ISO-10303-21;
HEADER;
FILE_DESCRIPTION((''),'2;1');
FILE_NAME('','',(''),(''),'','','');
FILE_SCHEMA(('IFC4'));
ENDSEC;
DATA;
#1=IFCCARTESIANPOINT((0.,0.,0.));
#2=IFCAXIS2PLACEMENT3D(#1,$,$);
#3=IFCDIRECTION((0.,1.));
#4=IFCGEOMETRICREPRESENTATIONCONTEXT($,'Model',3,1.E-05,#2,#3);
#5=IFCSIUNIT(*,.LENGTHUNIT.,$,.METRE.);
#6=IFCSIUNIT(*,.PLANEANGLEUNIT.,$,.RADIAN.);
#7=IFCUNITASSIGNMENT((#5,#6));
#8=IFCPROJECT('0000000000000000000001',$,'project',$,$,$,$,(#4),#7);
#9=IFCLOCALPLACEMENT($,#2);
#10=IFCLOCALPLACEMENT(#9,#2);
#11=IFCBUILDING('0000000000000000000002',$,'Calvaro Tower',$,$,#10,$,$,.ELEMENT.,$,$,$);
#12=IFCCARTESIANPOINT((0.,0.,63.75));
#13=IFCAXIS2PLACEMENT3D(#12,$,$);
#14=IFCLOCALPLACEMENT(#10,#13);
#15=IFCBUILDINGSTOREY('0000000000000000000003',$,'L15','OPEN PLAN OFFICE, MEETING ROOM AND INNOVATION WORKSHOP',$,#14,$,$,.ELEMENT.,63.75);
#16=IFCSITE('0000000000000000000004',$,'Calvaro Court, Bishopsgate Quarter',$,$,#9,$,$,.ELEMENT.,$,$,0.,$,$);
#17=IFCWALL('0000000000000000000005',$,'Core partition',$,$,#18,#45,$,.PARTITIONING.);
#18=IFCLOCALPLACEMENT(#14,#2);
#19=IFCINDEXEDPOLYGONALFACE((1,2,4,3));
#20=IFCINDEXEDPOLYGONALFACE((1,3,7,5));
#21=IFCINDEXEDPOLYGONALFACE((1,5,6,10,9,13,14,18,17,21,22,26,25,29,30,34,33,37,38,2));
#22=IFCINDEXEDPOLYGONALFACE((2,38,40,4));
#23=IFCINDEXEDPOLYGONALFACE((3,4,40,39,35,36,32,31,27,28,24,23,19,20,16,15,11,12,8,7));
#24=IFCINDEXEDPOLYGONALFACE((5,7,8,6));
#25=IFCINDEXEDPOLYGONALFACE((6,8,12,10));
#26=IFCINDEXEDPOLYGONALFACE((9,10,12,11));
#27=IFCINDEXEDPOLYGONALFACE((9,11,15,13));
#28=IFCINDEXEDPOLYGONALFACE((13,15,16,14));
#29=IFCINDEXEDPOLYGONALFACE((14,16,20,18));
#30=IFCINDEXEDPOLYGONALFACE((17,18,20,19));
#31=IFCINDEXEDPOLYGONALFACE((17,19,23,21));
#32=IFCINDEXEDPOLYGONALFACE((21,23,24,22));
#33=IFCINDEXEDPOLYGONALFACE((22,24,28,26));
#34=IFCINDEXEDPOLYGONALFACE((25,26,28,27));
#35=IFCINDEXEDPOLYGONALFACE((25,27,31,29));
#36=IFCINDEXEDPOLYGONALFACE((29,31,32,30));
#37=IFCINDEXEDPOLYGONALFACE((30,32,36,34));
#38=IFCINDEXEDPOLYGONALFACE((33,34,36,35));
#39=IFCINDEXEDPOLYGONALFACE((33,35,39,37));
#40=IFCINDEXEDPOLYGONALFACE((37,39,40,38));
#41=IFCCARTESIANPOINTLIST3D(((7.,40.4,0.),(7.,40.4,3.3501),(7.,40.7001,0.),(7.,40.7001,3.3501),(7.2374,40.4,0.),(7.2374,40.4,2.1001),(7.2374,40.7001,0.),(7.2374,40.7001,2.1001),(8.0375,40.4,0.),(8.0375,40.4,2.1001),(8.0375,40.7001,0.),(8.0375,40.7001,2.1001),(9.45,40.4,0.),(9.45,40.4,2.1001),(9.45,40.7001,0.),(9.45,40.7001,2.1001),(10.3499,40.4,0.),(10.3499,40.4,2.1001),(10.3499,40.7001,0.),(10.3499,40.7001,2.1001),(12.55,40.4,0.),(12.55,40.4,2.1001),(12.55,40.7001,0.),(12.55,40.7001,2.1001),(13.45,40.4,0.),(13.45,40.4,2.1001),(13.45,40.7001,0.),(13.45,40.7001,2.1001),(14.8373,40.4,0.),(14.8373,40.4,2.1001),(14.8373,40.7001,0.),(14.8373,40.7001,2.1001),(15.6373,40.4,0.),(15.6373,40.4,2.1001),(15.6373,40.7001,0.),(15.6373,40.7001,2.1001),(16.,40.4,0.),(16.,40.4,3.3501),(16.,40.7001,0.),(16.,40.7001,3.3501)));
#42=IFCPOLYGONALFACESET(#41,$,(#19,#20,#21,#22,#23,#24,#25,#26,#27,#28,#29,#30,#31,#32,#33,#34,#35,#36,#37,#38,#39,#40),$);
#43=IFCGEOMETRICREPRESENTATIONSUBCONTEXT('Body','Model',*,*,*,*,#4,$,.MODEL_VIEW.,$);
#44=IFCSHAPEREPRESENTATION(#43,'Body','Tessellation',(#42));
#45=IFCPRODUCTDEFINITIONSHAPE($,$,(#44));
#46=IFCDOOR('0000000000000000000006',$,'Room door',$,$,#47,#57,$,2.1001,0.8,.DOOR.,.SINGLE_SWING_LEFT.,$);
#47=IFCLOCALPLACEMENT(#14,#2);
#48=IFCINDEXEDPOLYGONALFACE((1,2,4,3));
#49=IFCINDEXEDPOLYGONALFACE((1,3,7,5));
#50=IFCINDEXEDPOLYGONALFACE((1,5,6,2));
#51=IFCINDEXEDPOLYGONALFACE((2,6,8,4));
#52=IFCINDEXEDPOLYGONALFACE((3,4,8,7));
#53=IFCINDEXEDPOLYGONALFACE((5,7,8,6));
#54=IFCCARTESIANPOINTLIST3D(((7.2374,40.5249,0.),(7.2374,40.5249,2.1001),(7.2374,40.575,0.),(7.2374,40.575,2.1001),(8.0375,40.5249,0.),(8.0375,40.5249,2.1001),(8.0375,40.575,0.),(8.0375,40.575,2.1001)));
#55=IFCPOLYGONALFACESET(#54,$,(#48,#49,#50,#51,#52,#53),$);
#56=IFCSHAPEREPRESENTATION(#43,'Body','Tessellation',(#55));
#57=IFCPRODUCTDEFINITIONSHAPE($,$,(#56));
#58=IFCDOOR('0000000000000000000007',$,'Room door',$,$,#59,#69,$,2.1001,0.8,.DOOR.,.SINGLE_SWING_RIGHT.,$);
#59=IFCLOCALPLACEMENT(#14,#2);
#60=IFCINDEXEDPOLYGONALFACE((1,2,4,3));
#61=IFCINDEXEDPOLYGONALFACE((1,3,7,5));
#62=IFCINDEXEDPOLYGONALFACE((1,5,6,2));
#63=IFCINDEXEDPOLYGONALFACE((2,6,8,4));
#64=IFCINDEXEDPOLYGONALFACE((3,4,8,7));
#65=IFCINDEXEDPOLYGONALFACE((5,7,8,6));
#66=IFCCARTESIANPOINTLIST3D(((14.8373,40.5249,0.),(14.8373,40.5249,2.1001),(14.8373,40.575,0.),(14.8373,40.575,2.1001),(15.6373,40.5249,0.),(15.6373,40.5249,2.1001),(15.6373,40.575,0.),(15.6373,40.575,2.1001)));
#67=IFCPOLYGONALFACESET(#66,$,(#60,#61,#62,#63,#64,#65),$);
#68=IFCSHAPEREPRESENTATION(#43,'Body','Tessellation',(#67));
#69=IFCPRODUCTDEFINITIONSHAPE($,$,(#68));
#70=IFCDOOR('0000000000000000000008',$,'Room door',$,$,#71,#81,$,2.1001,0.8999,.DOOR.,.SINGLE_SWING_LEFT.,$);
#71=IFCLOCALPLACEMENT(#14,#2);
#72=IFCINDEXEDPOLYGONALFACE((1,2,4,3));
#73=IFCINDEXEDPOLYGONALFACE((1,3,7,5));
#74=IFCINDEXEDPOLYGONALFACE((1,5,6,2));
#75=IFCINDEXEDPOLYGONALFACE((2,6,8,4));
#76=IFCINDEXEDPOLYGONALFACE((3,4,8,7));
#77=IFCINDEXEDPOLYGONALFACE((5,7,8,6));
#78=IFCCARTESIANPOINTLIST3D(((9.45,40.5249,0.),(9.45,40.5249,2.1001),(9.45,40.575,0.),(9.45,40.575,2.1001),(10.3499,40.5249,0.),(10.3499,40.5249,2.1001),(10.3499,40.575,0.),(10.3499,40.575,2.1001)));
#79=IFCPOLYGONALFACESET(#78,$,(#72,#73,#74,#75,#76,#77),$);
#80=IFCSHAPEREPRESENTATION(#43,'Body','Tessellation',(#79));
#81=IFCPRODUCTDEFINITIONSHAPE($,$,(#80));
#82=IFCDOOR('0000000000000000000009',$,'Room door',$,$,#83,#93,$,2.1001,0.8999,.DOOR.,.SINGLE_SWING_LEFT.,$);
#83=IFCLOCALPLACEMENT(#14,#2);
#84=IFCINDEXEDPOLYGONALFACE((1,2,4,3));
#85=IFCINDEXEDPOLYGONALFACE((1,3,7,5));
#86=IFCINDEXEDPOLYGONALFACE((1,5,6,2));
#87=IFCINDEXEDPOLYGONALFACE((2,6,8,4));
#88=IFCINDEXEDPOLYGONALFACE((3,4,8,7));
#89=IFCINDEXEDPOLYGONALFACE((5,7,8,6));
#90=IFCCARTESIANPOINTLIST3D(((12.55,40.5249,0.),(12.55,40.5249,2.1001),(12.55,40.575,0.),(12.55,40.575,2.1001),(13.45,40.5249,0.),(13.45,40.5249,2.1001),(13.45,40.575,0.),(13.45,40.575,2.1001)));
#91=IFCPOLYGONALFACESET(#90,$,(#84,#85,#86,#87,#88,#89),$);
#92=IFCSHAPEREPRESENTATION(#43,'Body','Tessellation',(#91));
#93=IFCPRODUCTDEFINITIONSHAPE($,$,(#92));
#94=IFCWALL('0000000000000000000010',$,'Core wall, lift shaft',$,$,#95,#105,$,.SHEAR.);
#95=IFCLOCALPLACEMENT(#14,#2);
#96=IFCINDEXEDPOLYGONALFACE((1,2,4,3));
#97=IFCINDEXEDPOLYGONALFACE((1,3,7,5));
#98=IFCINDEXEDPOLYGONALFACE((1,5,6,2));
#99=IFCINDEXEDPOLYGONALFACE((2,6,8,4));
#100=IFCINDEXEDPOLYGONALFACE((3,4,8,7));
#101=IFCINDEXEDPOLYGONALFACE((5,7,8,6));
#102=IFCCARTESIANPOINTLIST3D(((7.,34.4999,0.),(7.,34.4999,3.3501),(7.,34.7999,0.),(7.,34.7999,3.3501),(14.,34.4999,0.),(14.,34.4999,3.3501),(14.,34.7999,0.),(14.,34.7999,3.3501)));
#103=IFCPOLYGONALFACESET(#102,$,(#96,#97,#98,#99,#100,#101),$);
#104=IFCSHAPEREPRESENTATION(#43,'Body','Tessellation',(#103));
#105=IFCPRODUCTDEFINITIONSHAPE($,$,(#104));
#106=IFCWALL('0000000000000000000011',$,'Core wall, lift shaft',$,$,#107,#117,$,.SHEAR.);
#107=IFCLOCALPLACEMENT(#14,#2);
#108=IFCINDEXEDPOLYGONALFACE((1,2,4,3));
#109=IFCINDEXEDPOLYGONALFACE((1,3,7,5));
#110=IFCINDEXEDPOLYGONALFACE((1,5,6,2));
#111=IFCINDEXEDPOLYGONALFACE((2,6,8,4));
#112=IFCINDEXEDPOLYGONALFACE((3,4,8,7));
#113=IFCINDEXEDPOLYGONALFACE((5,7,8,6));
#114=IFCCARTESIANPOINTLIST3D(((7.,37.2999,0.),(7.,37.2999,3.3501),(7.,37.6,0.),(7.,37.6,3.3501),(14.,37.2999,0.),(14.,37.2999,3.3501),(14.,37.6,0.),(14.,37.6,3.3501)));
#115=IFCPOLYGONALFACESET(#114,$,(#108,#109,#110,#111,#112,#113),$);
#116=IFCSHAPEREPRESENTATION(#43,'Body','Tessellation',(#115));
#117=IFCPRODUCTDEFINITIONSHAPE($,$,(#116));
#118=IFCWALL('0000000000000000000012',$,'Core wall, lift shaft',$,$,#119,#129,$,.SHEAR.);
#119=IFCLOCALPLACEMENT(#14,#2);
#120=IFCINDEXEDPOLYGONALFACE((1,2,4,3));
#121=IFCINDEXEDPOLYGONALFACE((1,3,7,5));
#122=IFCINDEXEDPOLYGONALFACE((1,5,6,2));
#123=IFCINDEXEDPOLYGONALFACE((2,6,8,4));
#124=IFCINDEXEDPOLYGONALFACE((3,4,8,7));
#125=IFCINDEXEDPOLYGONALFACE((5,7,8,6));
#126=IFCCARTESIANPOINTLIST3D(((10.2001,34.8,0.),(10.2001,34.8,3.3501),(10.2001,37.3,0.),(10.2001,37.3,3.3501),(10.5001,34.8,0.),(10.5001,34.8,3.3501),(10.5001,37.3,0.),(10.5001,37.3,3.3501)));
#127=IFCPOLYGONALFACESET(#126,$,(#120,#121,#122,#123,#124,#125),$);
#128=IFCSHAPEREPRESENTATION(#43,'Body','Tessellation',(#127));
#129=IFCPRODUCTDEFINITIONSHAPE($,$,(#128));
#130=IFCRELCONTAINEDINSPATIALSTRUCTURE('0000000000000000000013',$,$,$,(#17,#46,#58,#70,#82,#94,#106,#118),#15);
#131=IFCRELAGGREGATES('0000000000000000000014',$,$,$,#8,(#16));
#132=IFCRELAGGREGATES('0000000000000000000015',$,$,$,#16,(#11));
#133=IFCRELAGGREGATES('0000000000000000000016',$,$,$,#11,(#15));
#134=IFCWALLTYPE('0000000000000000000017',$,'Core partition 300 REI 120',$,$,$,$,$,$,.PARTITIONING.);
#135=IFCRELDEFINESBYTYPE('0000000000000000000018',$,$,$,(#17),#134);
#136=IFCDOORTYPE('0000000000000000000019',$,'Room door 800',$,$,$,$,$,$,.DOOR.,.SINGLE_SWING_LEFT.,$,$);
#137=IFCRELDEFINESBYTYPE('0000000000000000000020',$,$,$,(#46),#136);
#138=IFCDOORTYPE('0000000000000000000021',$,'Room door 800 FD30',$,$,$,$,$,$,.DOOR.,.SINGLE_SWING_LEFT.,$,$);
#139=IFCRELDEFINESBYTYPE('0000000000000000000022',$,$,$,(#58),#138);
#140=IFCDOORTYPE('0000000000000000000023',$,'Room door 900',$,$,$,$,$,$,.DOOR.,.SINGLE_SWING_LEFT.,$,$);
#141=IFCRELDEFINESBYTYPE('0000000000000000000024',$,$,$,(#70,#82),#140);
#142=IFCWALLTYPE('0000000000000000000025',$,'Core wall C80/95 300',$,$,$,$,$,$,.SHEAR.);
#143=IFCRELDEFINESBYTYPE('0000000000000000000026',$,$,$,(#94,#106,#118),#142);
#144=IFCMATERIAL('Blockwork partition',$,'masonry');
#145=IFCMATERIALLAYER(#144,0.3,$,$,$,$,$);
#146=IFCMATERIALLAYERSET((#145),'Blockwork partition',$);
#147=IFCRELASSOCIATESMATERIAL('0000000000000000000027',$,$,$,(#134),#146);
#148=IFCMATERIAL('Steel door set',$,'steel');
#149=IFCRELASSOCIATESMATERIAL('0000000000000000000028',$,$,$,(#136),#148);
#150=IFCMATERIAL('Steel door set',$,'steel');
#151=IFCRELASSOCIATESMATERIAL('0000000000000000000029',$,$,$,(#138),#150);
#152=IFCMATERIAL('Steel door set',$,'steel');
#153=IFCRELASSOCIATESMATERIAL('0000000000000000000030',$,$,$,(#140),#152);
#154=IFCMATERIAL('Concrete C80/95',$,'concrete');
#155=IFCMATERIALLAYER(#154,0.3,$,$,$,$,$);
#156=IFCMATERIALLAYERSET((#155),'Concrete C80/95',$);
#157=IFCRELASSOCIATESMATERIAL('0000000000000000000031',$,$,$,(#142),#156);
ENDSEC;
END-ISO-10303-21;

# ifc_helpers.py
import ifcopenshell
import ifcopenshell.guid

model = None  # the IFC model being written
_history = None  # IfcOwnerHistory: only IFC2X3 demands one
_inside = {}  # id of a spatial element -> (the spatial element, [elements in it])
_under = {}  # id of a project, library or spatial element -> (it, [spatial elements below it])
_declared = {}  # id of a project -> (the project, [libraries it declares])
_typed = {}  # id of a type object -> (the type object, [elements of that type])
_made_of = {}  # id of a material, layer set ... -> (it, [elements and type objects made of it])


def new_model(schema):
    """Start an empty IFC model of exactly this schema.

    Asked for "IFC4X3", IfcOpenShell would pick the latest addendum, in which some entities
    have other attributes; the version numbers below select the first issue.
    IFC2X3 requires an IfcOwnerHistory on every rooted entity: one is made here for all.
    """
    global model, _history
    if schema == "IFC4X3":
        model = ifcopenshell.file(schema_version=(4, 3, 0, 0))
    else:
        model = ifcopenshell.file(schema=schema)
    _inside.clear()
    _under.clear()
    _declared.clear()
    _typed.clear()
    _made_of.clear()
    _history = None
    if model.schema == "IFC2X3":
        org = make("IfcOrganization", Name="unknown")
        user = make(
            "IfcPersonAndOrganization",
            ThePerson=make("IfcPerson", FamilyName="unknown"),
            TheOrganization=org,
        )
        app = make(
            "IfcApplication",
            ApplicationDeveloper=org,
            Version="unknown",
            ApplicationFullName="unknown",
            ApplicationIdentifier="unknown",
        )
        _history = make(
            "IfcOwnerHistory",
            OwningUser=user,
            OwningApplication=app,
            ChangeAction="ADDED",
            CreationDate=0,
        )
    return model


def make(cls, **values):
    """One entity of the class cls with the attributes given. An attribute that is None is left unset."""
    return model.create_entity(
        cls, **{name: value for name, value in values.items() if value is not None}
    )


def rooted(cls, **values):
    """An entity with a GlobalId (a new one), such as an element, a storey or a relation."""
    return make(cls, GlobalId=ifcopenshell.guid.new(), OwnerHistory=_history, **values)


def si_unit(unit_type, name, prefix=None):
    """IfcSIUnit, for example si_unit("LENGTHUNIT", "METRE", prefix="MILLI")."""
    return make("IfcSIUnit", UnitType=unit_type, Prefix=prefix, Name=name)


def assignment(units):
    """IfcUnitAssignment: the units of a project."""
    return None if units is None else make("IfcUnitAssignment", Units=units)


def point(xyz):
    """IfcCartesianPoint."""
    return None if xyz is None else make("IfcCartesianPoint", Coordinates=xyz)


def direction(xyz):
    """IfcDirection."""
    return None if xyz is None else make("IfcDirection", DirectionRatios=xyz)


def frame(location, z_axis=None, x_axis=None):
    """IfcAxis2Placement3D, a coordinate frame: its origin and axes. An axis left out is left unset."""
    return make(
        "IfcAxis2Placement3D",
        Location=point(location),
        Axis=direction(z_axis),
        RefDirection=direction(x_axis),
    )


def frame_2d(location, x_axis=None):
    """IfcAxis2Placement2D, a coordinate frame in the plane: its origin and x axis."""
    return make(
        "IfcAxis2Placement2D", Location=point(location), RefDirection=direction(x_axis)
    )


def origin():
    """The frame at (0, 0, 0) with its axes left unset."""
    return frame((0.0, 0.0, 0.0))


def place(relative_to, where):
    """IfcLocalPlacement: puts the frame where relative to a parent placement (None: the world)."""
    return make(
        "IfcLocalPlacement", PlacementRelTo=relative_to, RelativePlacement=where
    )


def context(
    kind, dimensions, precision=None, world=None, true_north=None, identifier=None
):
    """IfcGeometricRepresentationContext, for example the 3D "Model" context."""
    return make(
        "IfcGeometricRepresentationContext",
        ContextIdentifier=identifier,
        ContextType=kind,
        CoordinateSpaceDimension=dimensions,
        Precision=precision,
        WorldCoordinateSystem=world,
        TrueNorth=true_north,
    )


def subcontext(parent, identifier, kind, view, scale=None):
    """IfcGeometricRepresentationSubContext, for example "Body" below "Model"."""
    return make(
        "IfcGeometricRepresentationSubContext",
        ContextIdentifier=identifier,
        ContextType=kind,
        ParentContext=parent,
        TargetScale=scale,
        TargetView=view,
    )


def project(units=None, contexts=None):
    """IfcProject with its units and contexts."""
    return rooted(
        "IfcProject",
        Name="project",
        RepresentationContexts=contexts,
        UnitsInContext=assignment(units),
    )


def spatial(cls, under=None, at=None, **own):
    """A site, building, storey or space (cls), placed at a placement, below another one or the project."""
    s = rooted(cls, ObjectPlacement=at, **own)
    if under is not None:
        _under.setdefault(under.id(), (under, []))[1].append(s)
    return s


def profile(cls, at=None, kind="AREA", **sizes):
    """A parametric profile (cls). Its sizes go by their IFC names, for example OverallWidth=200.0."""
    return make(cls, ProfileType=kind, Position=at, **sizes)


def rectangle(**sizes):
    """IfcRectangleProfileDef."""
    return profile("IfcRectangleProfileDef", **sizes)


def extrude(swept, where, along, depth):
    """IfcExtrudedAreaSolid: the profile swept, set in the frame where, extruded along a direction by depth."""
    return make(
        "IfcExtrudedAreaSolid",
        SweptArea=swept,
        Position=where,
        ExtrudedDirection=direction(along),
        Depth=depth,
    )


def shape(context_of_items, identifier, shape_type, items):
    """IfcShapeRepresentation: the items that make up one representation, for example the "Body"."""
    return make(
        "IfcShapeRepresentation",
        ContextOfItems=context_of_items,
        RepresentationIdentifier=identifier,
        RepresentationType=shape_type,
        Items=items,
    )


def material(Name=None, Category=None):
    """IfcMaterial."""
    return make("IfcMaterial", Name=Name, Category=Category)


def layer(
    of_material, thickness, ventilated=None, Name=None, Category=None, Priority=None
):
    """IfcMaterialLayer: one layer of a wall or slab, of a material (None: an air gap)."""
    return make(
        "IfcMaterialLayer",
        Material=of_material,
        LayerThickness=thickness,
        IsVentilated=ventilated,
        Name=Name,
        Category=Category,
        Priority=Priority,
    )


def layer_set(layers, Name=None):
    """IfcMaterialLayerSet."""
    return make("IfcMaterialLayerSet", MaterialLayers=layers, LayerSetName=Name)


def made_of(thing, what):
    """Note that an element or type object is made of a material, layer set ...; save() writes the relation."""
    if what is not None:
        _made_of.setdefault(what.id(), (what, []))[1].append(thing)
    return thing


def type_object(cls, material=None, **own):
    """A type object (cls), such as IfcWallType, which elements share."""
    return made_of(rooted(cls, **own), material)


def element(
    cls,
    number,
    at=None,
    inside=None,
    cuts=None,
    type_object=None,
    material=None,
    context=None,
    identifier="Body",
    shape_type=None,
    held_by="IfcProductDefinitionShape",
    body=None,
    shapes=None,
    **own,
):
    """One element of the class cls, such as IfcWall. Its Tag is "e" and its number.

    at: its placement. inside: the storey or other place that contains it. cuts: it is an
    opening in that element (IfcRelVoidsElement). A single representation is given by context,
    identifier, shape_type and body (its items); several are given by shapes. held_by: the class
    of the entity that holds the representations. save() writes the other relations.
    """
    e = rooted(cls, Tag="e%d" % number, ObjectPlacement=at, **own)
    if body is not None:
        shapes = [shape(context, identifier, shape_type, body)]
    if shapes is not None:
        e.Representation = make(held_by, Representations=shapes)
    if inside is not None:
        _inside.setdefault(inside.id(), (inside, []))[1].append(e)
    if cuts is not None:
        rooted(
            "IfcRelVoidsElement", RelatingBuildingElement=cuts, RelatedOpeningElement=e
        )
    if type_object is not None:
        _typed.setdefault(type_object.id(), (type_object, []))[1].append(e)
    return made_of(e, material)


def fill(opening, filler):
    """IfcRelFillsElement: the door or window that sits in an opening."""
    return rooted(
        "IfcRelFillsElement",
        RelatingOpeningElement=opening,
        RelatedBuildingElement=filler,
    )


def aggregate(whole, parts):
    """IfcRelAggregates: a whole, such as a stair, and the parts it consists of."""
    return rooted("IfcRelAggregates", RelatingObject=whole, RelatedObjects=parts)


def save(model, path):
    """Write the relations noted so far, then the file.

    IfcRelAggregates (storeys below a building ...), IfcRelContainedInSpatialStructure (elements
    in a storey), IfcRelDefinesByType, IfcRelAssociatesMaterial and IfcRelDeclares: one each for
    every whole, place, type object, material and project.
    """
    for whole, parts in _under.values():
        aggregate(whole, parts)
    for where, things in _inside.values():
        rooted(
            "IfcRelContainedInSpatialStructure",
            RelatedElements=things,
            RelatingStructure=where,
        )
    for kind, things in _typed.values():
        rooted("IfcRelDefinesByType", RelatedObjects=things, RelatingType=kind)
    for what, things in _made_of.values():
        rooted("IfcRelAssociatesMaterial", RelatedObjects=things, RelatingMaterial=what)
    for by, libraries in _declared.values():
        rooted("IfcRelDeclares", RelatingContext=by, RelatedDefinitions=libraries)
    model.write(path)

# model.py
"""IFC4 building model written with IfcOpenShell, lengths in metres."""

from ifc_helpers import new_model, si_unit, direction, frame, frame_2d, origin, place, context, subcontext, project, spatial, rectangle, extrude, material, layer, layer_set, type_object, element, fill, save


model = new_model("IFC4")

# Units and contexts
model_context = context("Model", 3, precision=1e-05, world=origin(), true_north=direction((0.0, 1.0)))
body_context = subcontext(model_context, "Body", "Model", "MODEL_VIEW")
ifc_project = project(units=[si_unit("LENGTHUNIT", "METRE"), si_unit("PLANEANGLEUNIT", "RADIAN")], contexts=[model_context])

# Site, building, storey
site_placement = place(None, origin())
site = spatial("IfcSite", under=ifc_project, at=site_placement, Name="Calvaro Court, Bishopsgate Quarter", CompositionType="ELEMENT", RefElevation=0.0)
building_placement = place(site_placement, origin())
building = spatial("IfcBuilding", under=site, at=building_placement, Name="Calvaro Tower", CompositionType="ELEMENT")
storey_placement = place(building_placement, frame((0.0, 0.0, 63.75)))
storey = spatial("IfcBuildingStorey", under=building, at=storey_placement, Name="L15", Description="OPEN PLAN OFFICE, MEETING ROOM AND INNOVATION WORKSHOP", CompositionType="ELEMENT", Elevation=63.75)

# Wall, openings, doors
ifc_material_1 = material(Name="Blockwork partition", Category="masonry")
ifc_layer_1 = layer(ifc_material_1, 0.3)
ifc_layer_set_1 = layer_set([ifc_layer_1], Name="Blockwork partition")
wall_type_1 = type_object("IfcWallType", Name="Core partition 300 REI 120", PredefinedType="PARTITIONING", material=ifc_layer_set_1)
wall_1_placement = place(storey_placement, frame((7.0, 40.55, 0.0), z_axis=(0.0, 0.0, 1.0), x_axis=(1.0, 0.0, 0.0)))
wall_1 = element("IfcWall", 1, at=wall_1_placement, inside=storey, type_object=wall_type_1, Name="Core partition", PredefinedType="PARTITIONING", context=body_context, shape_type="SweptSolid", body=[
    extrude(rectangle(XDim=9.0, YDim=0.3, at=frame_2d((4.5, 0.0))), origin(), (0.0, 0.0, 1.0), 3.3501),
])
opening_1_placement = place(wall_1_placement, frame((0.2375, 0.0, 0.0)))
opening_1 = element("IfcOpeningElement", 2, at=opening_1_placement, cuts=wall_1, PredefinedType="OPENING", context=body_context, shape_type="SweptSolid", body=[
    extrude(rectangle(XDim=0.8, YDim=2.1001, at=frame_2d((0.3999, 1.05))), frame((0.0, 0.1599, 0.0), z_axis=(0.0, -1.0, 0.0), x_axis=(1.0, 0.0, 0.0)), (0.0, 0.0, 1.0), 0.3201),
])
opening_2_placement = place(wall_1_placement, frame((2.45, 0.0, 0.0)))
opening_2 = element("IfcOpeningElement", 3, at=opening_2_placement, cuts=wall_1, PredefinedType="OPENING", context=body_context, shape_type="SweptSolid", body=[
    extrude(rectangle(XDim=0.8999, YDim=2.1001, at=frame_2d((0.45, 1.05))), frame((0.0, 0.1599, 0.0), z_axis=(0.0, -1.0, 0.0), x_axis=(1.0, 0.0, 0.0)), (0.0, 0.0, 1.0), 0.3201),
])
opening_3_placement = place(wall_1_placement, frame((5.55, 0.0, 0.0)))
opening_3 = element("IfcOpeningElement", 4, at=opening_3_placement, cuts=wall_1, PredefinedType="OPENING", context=body_context, shape_type="SweptSolid", body=[
    extrude(rectangle(XDim=0.8999, YDim=2.1001, at=frame_2d((0.45, 1.05))), frame((0.0, 0.1599, 0.0), z_axis=(0.0, -1.0, 0.0), x_axis=(1.0, 0.0, 0.0)), (0.0, 0.0, 1.0), 0.3201),
])
opening_4_placement = place(wall_1_placement, frame((7.8374, 0.0, 0.0)))
opening_4 = element("IfcOpeningElement", 5, at=opening_4_placement, cuts=wall_1, PredefinedType="OPENING", context=body_context, shape_type="SweptSolid", body=[
    extrude(rectangle(XDim=0.8, YDim=2.1001, at=frame_2d((0.3999, 1.05))), frame((0.0, 0.1599, 0.0), z_axis=(0.0, -1.0, 0.0), x_axis=(1.0, 0.0, 0.0)), (0.0, 0.0, 1.0), 0.3201),
])
ifc_material_2 = material(Name="Steel door set", Category="steel")
door_type_1 = type_object("IfcDoorType", Name="Room door 800", OperationType="SINGLE_SWING_LEFT", PredefinedType="DOOR", material=ifc_material_2)
door_1_placement = place(opening_1_placement, origin())
door_1 = element("IfcDoor", 6, at=door_1_placement, inside=storey, type_object=door_type_1, Name="Room door", OperationType="SINGLE_SWING_LEFT", OverallHeight=2.1001, OverallWidth=0.8, PredefinedType="DOOR", context=body_context, shape_type="SweptSolid", body=[
    extrude(rectangle(XDim=0.8, YDim=2.1001, at=frame_2d((0.3999, 1.05))), frame((0.0, 0.0249, 0.0), z_axis=(0.0, -1.0, 0.0), x_axis=(1.0, 0.0, 0.0)), (0.0, 0.0, 1.0), 0.05),
])
fill(opening_1, door_1)
ifc_material_3 = material(Name="Steel door set", Category="steel")
door_type_2 = type_object("IfcDoorType", Name="Room door 800 FD30", OperationType="SINGLE_SWING_LEFT", PredefinedType="DOOR", material=ifc_material_3)
door_2_placement = place(opening_4_placement, origin())
door_2 = element("IfcDoor", 7, at=door_2_placement, inside=storey, type_object=door_type_2, Name="Room door", OperationType="SINGLE_SWING_RIGHT", OverallHeight=2.1001, OverallWidth=0.8, PredefinedType="DOOR", context=body_context, shape_type="SweptSolid", body=[
    extrude(rectangle(XDim=0.8, YDim=2.1001, at=frame_2d((0.3999, 1.05))), frame((0.0, 0.0249, 0.0), z_axis=(0.0, -1.0, 0.0), x_axis=(1.0, 0.0, 0.0)), (0.0, 0.0, 1.0), 0.05),
])
fill(opening_4, door_2)
ifc_material_4 = material(Name="Steel door set", Category="steel")
door_type_3 = type_object("IfcDoorType", Name="Room door 900", OperationType="SINGLE_SWING_LEFT", PredefinedType="DOOR", material=ifc_material_4)
door_3_placement = place(opening_2_placement, origin())
door_3 = element("IfcDoor", 8, at=door_3_placement, inside=storey, type_object=door_type_3, Name="Room door", OperationType="SINGLE_SWING_LEFT", OverallHeight=2.1001, OverallWidth=0.8999, PredefinedType="DOOR", context=body_context, shape_type="SweptSolid", body=[
    extrude(rectangle(XDim=0.8999, YDim=2.1001, at=frame_2d((0.45, 1.05))), frame((0.0, 0.0249, 0.0), z_axis=(0.0, -1.0, 0.0), x_axis=(1.0, 0.0, 0.0)), (0.0, 0.0, 1.0), 0.05),
])
fill(opening_2, door_3)
door_4_placement = place(opening_3_placement, origin())
door_4 = element("IfcDoor", 9, at=door_4_placement, inside=storey, type_object=door_type_3, Name="Room door", OperationType="SINGLE_SWING_LEFT", OverallHeight=2.1001, OverallWidth=0.8999, PredefinedType="DOOR", context=body_context, shape_type="SweptSolid", body=[
    extrude(rectangle(XDim=0.8999, YDim=2.1001, at=frame_2d((0.45, 1.05))), frame((0.0, 0.0249, 0.0), z_axis=(0.0, -1.0, 0.0), x_axis=(1.0, 0.0, 0.0)), (0.0, 0.0, 1.0), 0.05),
])
fill(opening_3, door_4)

# Walls
ifc_material_5 = material(Name="Concrete C80/95", Category="concrete")
ifc_layer_2 = layer(ifc_material_5, 0.3)
ifc_layer_set_2 = layer_set([ifc_layer_2], Name="Concrete C80/95")
wall_type_2 = type_object("IfcWallType", Name="Core wall C80/95 300", PredefinedType="SHEAR", material=ifc_layer_set_2)
for number, where, z_axis, x_axis, name in (
    (10, (7.0, 34.6499, 0.0), (0.0, 0.0, 1.0), (1.0, 0.0, 0.0), "Core wall, lift shaft"),
    (11, (7.0, 37.45, 0.0), (0.0, 0.0, 1.0), (1.0, 0.0, 0.0), "Core wall, lift shaft"),
):
    element("IfcWall", number, at=place(storey_placement, frame(where, z_axis=z_axis, x_axis=x_axis)), inside=storey, type_object=wall_type_2, Name=name, PredefinedType="SHEAR", context=body_context, shape_type="SweptSolid", body=[
        extrude(rectangle(XDim=7.0, YDim=0.3, at=frame_2d((3.5, 0.0))), origin(), (0.0, 0.0, 1.0), 3.3501),
    ])
wall_2_placement = place(storey_placement, frame((10.3501, 34.8, 0.0), z_axis=(0.0, 0.0, 1.0), x_axis=(0.0, 1.0, 0.0)))
element("IfcWall", 12, at=wall_2_placement, inside=storey, type_object=wall_type_2, Name="Core wall, lift shaft", PredefinedType="SHEAR", context=body_context, shape_type="SweptSolid", body=[
    extrude(rectangle(XDim=2.5, YDim=0.3, at=frame_2d((1.25, 0.0))), origin(), (0.0, 0.0, 1.0), 3.3501),
])

save(model, "model.ifc")
